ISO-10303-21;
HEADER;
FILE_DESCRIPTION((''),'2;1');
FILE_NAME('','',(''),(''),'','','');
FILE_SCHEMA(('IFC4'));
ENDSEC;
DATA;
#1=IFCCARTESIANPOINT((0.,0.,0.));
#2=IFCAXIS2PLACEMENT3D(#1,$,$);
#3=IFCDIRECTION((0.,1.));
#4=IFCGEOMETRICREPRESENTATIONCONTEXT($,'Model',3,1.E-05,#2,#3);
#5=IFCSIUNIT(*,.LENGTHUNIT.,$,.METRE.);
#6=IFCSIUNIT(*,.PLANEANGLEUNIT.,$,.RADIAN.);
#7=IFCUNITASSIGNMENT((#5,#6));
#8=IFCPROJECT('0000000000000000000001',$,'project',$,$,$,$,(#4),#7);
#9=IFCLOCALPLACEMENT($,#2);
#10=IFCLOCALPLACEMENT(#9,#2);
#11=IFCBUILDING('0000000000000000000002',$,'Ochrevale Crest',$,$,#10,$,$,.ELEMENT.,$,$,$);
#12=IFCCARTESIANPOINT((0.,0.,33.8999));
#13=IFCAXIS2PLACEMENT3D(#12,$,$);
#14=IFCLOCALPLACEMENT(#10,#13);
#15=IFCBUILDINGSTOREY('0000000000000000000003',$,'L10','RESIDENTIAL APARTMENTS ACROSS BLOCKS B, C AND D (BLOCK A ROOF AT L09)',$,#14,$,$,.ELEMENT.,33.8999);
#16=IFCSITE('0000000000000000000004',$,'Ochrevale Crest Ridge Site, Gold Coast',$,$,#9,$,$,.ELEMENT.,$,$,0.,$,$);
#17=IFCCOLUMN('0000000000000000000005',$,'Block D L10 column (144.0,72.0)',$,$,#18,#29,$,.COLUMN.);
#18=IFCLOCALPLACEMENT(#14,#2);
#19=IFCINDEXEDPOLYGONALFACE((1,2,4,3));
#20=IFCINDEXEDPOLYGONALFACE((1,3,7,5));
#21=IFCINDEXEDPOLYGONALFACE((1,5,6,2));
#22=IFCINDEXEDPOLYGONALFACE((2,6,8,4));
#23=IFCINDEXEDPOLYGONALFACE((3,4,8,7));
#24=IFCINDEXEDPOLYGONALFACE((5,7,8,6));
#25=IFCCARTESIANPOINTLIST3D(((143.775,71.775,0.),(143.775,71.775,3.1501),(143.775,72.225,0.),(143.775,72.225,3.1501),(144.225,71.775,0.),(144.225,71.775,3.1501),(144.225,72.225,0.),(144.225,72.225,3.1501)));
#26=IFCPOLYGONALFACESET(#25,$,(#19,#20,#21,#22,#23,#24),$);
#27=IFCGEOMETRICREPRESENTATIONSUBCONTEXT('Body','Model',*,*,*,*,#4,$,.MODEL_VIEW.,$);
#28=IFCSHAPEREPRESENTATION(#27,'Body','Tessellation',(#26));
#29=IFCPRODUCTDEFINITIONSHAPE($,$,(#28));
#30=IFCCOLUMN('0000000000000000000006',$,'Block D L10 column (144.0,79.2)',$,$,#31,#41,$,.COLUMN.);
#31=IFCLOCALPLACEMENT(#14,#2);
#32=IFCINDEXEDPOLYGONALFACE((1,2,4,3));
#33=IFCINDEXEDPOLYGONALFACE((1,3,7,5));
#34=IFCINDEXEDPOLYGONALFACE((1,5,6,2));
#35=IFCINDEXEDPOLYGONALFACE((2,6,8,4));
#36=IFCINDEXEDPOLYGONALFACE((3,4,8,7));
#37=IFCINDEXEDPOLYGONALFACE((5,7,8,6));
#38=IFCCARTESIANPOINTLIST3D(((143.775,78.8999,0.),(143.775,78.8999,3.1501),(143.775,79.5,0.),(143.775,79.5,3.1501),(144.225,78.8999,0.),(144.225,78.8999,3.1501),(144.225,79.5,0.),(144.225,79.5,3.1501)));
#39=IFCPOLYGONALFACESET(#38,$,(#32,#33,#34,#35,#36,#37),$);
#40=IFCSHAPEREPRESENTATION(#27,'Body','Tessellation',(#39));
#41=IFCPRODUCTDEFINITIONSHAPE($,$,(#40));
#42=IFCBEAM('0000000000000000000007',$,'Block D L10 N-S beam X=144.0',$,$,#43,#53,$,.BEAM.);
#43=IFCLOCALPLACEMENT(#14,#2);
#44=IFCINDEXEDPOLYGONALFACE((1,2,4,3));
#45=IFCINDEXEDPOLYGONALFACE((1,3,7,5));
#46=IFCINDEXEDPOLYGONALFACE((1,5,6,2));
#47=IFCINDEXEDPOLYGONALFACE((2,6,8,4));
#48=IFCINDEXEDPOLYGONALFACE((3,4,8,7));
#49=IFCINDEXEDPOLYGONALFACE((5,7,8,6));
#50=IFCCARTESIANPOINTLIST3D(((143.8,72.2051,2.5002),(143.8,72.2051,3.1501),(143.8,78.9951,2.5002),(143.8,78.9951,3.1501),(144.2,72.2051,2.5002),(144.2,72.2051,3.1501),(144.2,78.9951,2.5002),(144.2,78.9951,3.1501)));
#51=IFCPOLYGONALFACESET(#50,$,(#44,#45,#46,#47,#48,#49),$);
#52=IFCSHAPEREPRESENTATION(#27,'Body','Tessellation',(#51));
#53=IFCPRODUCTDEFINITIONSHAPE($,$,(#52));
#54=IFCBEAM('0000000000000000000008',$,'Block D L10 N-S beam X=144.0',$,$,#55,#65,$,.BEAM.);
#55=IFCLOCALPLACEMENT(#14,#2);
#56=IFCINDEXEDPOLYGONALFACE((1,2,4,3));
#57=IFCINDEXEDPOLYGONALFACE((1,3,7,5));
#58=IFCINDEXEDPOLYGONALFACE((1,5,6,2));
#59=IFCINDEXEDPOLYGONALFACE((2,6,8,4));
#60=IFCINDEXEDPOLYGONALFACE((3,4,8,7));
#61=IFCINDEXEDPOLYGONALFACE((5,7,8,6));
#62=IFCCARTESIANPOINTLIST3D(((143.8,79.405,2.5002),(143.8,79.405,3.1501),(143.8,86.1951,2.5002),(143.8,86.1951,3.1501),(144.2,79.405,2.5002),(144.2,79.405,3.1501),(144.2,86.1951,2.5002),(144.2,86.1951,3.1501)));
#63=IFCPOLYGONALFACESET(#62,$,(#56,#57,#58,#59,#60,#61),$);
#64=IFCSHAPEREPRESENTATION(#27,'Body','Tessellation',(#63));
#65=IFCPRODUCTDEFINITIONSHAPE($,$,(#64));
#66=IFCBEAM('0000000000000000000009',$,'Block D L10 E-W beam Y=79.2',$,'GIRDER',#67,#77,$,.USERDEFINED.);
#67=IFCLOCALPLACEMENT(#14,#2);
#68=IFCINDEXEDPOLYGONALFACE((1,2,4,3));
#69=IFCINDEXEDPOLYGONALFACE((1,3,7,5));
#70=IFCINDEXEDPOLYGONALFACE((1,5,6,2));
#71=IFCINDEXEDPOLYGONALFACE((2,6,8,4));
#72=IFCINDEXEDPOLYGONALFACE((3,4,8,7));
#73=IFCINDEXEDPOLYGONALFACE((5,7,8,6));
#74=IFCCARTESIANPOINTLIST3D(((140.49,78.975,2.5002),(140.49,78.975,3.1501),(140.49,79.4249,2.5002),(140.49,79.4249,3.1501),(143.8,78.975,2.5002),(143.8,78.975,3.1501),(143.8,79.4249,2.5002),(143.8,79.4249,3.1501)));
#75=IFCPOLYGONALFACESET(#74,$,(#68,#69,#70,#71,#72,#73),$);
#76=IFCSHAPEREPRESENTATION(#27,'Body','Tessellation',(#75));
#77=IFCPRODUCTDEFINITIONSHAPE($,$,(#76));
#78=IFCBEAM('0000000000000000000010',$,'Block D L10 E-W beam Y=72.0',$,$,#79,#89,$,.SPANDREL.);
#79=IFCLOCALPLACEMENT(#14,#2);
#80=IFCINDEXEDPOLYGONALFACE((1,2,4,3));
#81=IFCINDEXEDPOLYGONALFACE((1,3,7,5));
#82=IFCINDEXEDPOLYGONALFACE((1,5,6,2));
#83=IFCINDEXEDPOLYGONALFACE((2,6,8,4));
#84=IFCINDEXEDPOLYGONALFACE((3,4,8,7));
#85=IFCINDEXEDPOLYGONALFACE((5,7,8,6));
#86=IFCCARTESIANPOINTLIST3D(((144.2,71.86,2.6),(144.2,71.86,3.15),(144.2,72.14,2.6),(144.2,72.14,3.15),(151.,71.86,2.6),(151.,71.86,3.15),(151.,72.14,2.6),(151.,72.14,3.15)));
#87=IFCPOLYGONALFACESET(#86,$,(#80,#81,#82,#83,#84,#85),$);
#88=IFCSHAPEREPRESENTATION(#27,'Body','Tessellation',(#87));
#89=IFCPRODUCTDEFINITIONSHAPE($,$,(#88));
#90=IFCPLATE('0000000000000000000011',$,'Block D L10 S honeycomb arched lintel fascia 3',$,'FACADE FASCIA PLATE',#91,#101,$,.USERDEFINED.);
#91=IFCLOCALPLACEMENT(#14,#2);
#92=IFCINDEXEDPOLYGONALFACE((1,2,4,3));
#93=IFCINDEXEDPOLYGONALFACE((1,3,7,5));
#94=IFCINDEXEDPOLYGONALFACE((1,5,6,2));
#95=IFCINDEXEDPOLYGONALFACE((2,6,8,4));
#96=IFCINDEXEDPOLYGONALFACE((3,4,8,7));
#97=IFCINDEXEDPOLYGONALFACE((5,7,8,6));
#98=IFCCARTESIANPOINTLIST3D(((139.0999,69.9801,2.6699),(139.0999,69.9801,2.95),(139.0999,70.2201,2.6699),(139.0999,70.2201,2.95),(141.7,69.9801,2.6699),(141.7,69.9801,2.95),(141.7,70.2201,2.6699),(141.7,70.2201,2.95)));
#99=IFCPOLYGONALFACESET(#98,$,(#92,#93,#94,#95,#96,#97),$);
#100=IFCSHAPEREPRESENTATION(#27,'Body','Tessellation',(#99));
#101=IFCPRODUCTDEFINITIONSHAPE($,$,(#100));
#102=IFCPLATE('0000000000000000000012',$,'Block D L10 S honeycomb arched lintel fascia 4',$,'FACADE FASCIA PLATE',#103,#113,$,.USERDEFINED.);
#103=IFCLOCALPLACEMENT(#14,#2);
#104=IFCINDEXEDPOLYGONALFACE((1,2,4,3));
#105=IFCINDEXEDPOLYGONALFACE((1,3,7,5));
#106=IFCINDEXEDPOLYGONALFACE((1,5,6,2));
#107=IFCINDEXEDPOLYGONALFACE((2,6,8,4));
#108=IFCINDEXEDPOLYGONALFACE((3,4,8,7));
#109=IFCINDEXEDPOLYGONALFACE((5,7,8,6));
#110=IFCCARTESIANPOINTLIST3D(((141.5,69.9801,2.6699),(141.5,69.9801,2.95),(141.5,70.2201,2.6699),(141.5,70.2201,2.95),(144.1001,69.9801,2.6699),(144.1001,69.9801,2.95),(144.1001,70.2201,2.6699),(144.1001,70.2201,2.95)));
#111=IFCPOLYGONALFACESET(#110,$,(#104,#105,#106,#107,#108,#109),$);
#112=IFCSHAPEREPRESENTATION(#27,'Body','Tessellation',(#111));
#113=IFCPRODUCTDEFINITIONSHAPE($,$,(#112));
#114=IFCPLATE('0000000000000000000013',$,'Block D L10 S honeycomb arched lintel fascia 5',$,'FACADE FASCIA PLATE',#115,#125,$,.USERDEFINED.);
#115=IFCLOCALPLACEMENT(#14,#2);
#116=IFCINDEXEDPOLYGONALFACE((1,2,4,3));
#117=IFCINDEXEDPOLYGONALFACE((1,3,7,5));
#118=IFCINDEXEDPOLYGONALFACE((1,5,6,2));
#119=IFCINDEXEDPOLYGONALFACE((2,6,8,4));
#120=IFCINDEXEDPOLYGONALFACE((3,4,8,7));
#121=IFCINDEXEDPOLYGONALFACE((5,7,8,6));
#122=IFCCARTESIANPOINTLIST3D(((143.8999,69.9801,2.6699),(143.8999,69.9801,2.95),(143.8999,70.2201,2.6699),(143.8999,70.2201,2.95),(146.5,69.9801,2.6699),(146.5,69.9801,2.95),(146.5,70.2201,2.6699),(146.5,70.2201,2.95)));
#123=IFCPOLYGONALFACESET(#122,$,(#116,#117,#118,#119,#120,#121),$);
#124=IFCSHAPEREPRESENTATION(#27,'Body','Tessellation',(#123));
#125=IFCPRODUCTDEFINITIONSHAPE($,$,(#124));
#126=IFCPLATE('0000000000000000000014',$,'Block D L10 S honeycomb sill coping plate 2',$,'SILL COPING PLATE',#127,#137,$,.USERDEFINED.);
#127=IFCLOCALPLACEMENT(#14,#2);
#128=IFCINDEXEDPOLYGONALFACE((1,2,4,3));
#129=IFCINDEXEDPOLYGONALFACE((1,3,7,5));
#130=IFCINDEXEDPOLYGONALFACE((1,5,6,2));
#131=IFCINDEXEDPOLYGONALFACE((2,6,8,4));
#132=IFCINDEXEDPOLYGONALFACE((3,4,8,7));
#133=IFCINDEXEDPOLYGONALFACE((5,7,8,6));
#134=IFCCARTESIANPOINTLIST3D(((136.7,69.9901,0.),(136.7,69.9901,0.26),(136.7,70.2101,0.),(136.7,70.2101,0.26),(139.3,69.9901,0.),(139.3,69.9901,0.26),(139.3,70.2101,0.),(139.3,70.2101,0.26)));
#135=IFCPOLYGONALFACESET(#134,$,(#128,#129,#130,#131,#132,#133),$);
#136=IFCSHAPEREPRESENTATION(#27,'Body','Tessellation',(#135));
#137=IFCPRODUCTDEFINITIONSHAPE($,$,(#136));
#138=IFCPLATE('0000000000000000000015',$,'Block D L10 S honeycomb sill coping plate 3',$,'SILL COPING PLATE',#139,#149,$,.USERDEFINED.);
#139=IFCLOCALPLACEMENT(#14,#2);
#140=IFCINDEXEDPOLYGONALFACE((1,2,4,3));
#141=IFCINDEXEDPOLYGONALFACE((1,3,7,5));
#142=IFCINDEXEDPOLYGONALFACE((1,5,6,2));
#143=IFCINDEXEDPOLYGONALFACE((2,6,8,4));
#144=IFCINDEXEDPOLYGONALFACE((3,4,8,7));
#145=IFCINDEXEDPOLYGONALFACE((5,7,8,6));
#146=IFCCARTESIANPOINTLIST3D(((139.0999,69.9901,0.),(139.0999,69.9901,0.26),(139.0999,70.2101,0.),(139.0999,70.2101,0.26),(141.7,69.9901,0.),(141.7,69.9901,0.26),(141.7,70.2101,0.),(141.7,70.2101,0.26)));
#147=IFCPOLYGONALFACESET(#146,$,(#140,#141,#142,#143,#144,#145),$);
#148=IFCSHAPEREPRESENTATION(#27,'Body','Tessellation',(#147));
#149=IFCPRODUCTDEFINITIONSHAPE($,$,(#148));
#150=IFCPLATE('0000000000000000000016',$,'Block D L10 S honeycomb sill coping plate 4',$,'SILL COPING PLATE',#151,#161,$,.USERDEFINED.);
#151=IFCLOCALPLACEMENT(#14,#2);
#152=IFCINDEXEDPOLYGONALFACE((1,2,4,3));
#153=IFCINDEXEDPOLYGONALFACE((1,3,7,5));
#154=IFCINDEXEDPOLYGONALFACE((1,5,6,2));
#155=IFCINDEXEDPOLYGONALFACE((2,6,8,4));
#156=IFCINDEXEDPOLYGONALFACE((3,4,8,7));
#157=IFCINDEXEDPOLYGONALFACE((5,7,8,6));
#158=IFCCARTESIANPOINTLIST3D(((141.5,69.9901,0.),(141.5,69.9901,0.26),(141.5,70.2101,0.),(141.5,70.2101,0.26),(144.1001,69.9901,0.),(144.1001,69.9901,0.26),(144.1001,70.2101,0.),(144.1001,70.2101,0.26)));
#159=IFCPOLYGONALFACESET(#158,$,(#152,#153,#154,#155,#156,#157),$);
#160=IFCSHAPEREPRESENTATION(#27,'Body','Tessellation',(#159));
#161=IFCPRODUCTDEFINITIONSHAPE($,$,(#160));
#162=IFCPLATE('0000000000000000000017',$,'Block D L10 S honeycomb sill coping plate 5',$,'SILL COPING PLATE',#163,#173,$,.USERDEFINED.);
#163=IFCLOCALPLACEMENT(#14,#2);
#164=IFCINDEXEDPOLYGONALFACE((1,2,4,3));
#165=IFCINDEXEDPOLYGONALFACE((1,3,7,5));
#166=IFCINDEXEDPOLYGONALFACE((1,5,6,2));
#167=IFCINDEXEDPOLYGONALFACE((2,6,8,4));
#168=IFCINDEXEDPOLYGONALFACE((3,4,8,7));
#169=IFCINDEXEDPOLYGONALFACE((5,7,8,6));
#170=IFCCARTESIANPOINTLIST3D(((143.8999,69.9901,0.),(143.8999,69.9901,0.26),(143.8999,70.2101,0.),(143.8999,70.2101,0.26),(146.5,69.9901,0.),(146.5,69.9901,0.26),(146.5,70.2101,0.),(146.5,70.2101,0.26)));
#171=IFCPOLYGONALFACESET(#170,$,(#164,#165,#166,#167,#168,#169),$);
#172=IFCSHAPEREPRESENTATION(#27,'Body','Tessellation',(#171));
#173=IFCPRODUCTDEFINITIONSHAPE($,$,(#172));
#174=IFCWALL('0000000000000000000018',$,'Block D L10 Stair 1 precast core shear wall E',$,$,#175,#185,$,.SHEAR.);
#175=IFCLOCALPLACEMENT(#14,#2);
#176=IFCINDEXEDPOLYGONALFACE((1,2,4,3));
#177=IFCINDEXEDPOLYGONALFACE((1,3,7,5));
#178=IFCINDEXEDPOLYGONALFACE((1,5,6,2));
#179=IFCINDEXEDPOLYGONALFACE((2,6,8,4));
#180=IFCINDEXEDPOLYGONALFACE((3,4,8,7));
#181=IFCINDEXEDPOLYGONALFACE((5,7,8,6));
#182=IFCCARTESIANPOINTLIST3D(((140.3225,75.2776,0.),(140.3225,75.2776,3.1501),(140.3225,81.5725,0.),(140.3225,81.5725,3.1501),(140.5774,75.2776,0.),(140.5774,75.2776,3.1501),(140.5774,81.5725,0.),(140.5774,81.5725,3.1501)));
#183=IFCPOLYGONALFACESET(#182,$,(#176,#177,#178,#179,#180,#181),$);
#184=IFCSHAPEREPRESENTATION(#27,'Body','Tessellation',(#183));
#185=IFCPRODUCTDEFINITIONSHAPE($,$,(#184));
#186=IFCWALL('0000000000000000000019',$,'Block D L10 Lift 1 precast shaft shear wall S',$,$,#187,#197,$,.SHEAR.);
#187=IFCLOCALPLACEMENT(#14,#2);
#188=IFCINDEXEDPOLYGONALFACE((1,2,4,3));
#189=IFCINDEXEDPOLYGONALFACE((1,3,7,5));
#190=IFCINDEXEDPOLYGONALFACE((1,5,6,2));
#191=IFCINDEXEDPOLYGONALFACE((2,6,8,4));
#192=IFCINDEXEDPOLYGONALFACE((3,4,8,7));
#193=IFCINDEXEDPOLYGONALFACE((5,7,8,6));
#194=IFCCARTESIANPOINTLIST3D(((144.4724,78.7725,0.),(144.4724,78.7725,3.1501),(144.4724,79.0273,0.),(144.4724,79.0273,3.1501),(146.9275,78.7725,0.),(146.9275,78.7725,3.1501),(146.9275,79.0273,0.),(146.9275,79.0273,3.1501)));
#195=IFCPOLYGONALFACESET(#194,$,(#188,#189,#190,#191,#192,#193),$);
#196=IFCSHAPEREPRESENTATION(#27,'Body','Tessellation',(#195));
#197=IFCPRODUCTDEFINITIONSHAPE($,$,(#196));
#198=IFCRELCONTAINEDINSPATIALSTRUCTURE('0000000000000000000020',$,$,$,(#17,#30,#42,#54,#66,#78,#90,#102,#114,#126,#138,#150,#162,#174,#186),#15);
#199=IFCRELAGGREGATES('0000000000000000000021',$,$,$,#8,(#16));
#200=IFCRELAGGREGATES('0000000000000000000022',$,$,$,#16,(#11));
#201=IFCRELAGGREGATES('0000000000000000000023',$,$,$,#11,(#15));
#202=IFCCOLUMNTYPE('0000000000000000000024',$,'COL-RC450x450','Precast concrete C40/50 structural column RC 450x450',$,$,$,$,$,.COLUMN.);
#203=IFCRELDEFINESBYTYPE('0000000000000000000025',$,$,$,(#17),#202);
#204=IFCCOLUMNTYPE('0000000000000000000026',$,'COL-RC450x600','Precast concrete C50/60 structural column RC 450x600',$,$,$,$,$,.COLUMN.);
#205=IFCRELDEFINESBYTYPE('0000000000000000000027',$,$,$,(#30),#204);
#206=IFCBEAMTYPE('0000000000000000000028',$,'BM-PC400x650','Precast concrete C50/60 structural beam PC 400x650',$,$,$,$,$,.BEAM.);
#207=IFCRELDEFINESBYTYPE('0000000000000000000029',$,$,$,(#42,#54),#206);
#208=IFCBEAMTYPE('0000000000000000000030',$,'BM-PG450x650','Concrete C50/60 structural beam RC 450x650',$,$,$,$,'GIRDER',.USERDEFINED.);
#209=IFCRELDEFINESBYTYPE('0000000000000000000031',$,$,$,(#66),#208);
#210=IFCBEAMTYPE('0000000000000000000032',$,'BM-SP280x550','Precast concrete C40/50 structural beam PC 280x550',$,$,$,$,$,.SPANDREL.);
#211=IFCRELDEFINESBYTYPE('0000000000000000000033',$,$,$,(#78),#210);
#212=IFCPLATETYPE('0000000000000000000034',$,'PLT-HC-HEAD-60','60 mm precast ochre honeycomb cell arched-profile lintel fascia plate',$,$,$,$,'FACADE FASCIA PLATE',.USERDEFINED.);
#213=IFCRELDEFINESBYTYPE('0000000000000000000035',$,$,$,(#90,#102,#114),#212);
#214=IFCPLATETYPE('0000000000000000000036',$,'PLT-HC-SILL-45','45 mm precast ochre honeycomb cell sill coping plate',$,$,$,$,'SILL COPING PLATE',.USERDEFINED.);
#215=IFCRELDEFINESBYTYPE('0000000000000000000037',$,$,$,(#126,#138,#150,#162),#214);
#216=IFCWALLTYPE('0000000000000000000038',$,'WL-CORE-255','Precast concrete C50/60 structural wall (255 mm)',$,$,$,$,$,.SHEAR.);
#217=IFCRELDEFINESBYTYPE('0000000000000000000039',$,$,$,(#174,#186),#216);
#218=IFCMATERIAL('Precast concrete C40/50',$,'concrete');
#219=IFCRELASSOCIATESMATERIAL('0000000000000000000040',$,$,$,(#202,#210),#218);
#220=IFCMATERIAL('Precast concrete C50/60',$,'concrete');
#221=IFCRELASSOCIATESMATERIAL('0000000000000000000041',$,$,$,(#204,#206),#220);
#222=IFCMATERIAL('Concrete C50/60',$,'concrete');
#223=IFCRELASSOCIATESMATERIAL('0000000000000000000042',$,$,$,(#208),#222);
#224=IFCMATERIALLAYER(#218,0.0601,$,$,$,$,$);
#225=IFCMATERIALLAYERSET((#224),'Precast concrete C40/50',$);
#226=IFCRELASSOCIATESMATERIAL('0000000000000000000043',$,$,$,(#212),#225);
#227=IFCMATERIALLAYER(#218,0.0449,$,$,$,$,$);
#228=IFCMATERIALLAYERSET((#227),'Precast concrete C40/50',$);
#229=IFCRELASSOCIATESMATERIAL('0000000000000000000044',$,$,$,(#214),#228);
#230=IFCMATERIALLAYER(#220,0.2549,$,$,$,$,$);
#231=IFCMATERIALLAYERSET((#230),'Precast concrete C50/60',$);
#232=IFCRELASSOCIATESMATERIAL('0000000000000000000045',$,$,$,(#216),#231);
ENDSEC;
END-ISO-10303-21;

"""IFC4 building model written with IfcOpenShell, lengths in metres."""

from ifc_helpers import new_model, si_unit, direction, frame, frame_2d, origin, origin_2d, place, context, subcontext, project, spatial, rectangle, extrude, material, layer, layer_set, material_profile, profile_set, type_object, element, save


model = new_model("IFC4")

# Units and contexts
model_context = context("Model", 3, precision=1e-05, world=origin(), true_north=direction((0.0, 1.0)))
body_context = subcontext(model_context, "Body", "Model", "MODEL_VIEW")
ifc_project = project(units=[si_unit("LENGTHUNIT", "METRE"), si_unit("PLANEANGLEUNIT", "RADIAN")], contexts=[model_context])

# Site, building, storey
site_placement = place(None, origin())
site = spatial("IfcSite", under=ifc_project, at=site_placement, Name="Ochrevale Crest Ridge Site, Gold Coast", CompositionType="ELEMENT", RefElevation=0.0)
building_placement = place(site_placement, origin())
building = spatial("IfcBuilding", under=site, at=building_placement, Name="Ochrevale Crest", CompositionType="ELEMENT")
storey_placement = place(building_placement, frame((0.0, 0.0, 33.8999)))
storey = spatial("IfcBuildingStorey", under=building, at=storey_placement, Name="L10", Description="RESIDENTIAL APARTMENTS ACROSS BLOCKS B, C AND D (BLOCK A ROOF AT L09)", CompositionType="ELEMENT", Elevation=33.8999)

# Columns
ifc_material_1 = material(Name="Precast concrete C40/50", Category="concrete")
ifc_material_profile_1 = material_profile(ifc_material_1, rectangle(XDim=0.45, YDim=0.45, at=origin_2d()), Name="RC 450x450")
ifc_profile_set_1 = profile_set([ifc_material_profile_1], Name="Precast concrete C40/50")
column_type_1 = type_object("IfcColumnType", Name="COL-RC450x450", Description="Precast concrete C40/50 structural column RC 450x450", PredefinedType="COLUMN", material=ifc_profile_set_1)
column_1_placement = place(storey_placement, frame((144.0, 72.0, 0.0), z_axis=(0.0, 0.0, 1.0), x_axis=(1.0, 0.0, 0.0)))
element("IfcColumn", 1, at=column_1_placement, inside=storey, type_object=column_type_1, Name="Block D L10 column (144.0,72.0)", PredefinedType="COLUMN", context=body_context, shape_type="SweptSolid", body=[
    extrude(rectangle(XDim=0.45, YDim=0.45, at=origin_2d()), origin(), (0.0, 0.0, 1.0), 3.1501),
])
ifc_material_2 = material(Name="Precast concrete C50/60", Category="concrete")
ifc_material_profile_2 = material_profile(ifc_material_2, rectangle(XDim=0.45, YDim=0.6001, at=origin_2d()), Name="RC 450x600")
ifc_profile_set_2 = profile_set([ifc_material_profile_2], Name="Precast concrete C50/60")
column_type_2 = type_object("IfcColumnType", Name="COL-RC450x600", Description="Precast concrete C50/60 structural column RC 450x600", PredefinedType="COLUMN", material=ifc_profile_set_2)
column_2_placement = place(storey_placement, frame((144.0, 79.2, 0.0), z_axis=(0.0, 0.0, 1.0), x_axis=(1.0, 0.0, 0.0)))
element("IfcColumn", 2, at=column_2_placement, inside=storey, type_object=column_type_2, Name="Block D L10 column (144.0,79.2)", PredefinedType="COLUMN", context=body_context, shape_type="SweptSolid", body=[
    extrude(rectangle(XDim=0.45, YDim=0.6001, at=origin_2d()), origin(), (0.0, 0.0, 1.0), 3.1501),
])

# Beams
ifc_material_profile_3 = material_profile(ifc_material_2, rectangle(XDim=0.3999, YDim=0.6499, at=origin_2d()), Name="PC 400x650")
ifc_profile_set_3 = profile_set([ifc_material_profile_3], Name="Precast concrete C50/60")
beam_type_1 = type_object("IfcBeamType", Name="BM-PC400x650", Description="Precast concrete C50/60 structural beam PC 400x650", PredefinedType="BEAM", material=ifc_profile_set_3)
for number, where, z_axis, x_axis, name in (
    (3, (144.0, 72.2051, 2.8252), (0.0, 1.0, 0.0), (-1.0, 0.0, 0.0), "Block D L10 N-S beam X=144.0"),
    (4, (144.0, 79.405, 2.8252), (0.0, 1.0, 0.0), (-1.0, 0.0, 0.0), "Block D L10 N-S beam X=144.0"),
):
    element("IfcBeam", number, at=place(storey_placement, frame(where, z_axis=z_axis, x_axis=x_axis)), inside=storey, type_object=beam_type_1, Name=name, PredefinedType="BEAM", context=body_context, shape_type="SweptSolid", body=[
        extrude(rectangle(XDim=0.3999, YDim=0.6499, at=origin_2d()), origin(), (0.0, 0.0, 1.0), 6.79),
    ])
ifc_material_3 = material(Name="Concrete C50/60", Category="concrete")
ifc_material_profile_4 = material_profile(ifc_material_3, rectangle(XDim=0.45, YDim=0.6499, at=origin_2d()), Name="RC 450x650")
ifc_profile_set_4 = profile_set([ifc_material_profile_4], Name="Concrete C50/60")
beam_type_2 = type_object("IfcBeamType", Name="BM-PG450x650", Description="Concrete C50/60 structural beam RC 450x650", ElementType="GIRDER", PredefinedType="USERDEFINED", material=ifc_profile_set_4)
beam_1_placement = place(storey_placement, frame((140.49, 79.2, 2.8252), z_axis=(1.0, 0.0, 0.0), x_axis=(0.0, 1.0, 0.0)))
element("IfcBeam", 5, at=beam_1_placement, inside=storey, type_object=beam_type_2, Name="Block D L10 E-W beam Y=79.2", ObjectType="GIRDER", PredefinedType="USERDEFINED", context=body_context, shape_type="SweptSolid", body=[
    extrude(rectangle(XDim=0.45, YDim=0.6499, at=origin_2d()), origin(), (0.0, 0.0, 1.0), 3.3101),
])
ifc_material_profile_5 = material_profile(ifc_material_1, rectangle(XDim=0.28, YDim=0.55, at=origin_2d()), Name="PC 280x550")
ifc_profile_set_5 = profile_set([ifc_material_profile_5], Name="Precast concrete C40/50")
beam_type_3 = type_object("IfcBeamType", Name="BM-SP280x550", Description="Precast concrete C40/50 structural beam PC 280x550", PredefinedType="SPANDREL", material=ifc_profile_set_5)
beam_2_placement = place(storey_placement, frame((144.2, 72.0, 2.875), z_axis=(1.0, 0.0, 0.0), x_axis=(0.0, 1.0, 0.0)))
element("IfcBeam", 6, at=beam_2_placement, inside=storey, type_object=beam_type_3, Name="Block D L10 E-W beam Y=72.0", PredefinedType="SPANDREL", context=body_context, shape_type="SweptSolid", body=[
    extrude(rectangle(XDim=0.28, YDim=0.55, at=origin_2d()), origin(), (0.0, 0.0, 1.0), 6.8),
])

# Plates
ifc_layer_1 = layer(ifc_material_1, 0.0601)
ifc_layer_set_1 = layer_set([ifc_layer_1], Name="Precast concrete C40/50")
plate_type_1 = type_object("IfcPlateType", Name="PLT-HC-HEAD-60", Description="60 mm precast ochre honeycomb cell arched-profile lintel fascia plate", ElementType="FACADE FASCIA PLATE", PredefinedType="USERDEFINED", material=ifc_layer_set_1)
for number, where, z_axis, x_axis, name in (
    (7, (140.3999, 70.1001, 2.6699), (0.0, 0.0, 1.0), (1.0, 0.0, 0.0), "Block D L10 S honeycomb arched lintel fascia 3"),
    (8, (142.8, 70.1001, 2.6699), (0.0, 0.0, 1.0), (1.0, 0.0, 0.0), "Block D L10 S honeycomb arched lintel fascia 4"),
    (9, (145.2, 70.1001, 2.6699), (0.0, 0.0, 1.0), (1.0, 0.0, 0.0), "Block D L10 S honeycomb arched lintel fascia 5"),
):
    element("IfcPlate", number, at=place(storey_placement, frame(where, z_axis=z_axis, x_axis=x_axis)), inside=storey, type_object=plate_type_1, Name=name, ObjectType="FACADE FASCIA PLATE", PredefinedType="USERDEFINED", context=body_context, shape_type="SweptSolid", body=[
        extrude(rectangle(XDim=2.6001, YDim=0.24, at=origin_2d()), origin(), (0.0, 0.0, 1.0), 0.28),
    ])
ifc_layer_2 = layer(ifc_material_1, 0.0449)
ifc_layer_set_2 = layer_set([ifc_layer_2], Name="Precast concrete C40/50")
plate_type_2 = type_object("IfcPlateType", Name="PLT-HC-SILL-45", Description="45 mm precast ochre honeycomb cell sill coping plate", ElementType="SILL COPING PLATE", PredefinedType="USERDEFINED", material=ifc_layer_set_2)
for number, where, z_axis, x_axis, name in (
    (10, (138.0, 70.1001, 0.0), (0.0, 0.0, 1.0), (1.0, 0.0, 0.0), "Block D L10 S honeycomb sill coping plate 2"),
    (11, (140.3999, 70.1001, 0.0), (0.0, 0.0, 1.0), (1.0, 0.0, 0.0), "Block D L10 S honeycomb sill coping plate 3"),
    (12, (142.8, 70.1001, 0.0), (0.0, 0.0, 1.0), (1.0, 0.0, 0.0), "Block D L10 S honeycomb sill coping plate 4"),
    (13, (145.2, 70.1001, 0.0), (0.0, 0.0, 1.0), (1.0, 0.0, 0.0), "Block D L10 S honeycomb sill coping plate 5"),
):
    element("IfcPlate", number, at=place(storey_placement, frame(where, z_axis=z_axis, x_axis=x_axis)), inside=storey, type_object=plate_type_2, Name=name, ObjectType="SILL COPING PLATE", PredefinedType="USERDEFINED", context=body_context, shape_type="SweptSolid", body=[
        extrude(rectangle(XDim=2.6001, YDim=0.22, at=origin_2d()), origin(), (0.0, 0.0, 1.0), 0.26),
    ])

# Walls
ifc_layer_3 = layer(ifc_material_2, 0.2549)
ifc_layer_set_3 = layer_set([ifc_layer_3], Name="Precast concrete C50/60")
wall_type_1 = type_object("IfcWallType", Name="WL-CORE-255", Description="Precast concrete C50/60 structural wall (255 mm)", PredefinedType="SHEAR", material=ifc_layer_set_3)
wall_1_placement = place(storey_placement, frame((140.45, 75.2776, 0.0), z_axis=(0.0, 0.0, 1.0), x_axis=(0.0, 1.0, 0.0)))
element("IfcWall", 14, at=wall_1_placement, inside=storey, type_object=wall_type_1, Name="Block D L10 Stair 1 precast core shear wall E", PredefinedType="SHEAR", context=body_context, shape_type="SweptSolid", body=[
    extrude(rectangle(XDim=6.2949, YDim=0.2549, at=frame_2d((3.1475, 0.0))), origin(), (0.0, 0.0, 1.0), 3.1501),
])
wall_2_placement = place(storey_placement, frame((144.4724, 78.8999, 0.0), z_axis=(0.0, 0.0, 1.0), x_axis=(1.0, 0.0, 0.0)))
element("IfcWall", 15, at=wall_2_placement, inside=storey, type_object=wall_type_1, Name="Block D L10 Lift 1 precast shaft shear wall S", PredefinedType="SHEAR", context=body_context, shape_type="SweptSolid", body=[
    extrude(rectangle(XDim=2.4551, YDim=0.2549, at=frame_2d((1.2275, 0.0))), origin(), (0.0, 0.0, 1.0), 3.1501),
])

save(model, "model.ifc")
